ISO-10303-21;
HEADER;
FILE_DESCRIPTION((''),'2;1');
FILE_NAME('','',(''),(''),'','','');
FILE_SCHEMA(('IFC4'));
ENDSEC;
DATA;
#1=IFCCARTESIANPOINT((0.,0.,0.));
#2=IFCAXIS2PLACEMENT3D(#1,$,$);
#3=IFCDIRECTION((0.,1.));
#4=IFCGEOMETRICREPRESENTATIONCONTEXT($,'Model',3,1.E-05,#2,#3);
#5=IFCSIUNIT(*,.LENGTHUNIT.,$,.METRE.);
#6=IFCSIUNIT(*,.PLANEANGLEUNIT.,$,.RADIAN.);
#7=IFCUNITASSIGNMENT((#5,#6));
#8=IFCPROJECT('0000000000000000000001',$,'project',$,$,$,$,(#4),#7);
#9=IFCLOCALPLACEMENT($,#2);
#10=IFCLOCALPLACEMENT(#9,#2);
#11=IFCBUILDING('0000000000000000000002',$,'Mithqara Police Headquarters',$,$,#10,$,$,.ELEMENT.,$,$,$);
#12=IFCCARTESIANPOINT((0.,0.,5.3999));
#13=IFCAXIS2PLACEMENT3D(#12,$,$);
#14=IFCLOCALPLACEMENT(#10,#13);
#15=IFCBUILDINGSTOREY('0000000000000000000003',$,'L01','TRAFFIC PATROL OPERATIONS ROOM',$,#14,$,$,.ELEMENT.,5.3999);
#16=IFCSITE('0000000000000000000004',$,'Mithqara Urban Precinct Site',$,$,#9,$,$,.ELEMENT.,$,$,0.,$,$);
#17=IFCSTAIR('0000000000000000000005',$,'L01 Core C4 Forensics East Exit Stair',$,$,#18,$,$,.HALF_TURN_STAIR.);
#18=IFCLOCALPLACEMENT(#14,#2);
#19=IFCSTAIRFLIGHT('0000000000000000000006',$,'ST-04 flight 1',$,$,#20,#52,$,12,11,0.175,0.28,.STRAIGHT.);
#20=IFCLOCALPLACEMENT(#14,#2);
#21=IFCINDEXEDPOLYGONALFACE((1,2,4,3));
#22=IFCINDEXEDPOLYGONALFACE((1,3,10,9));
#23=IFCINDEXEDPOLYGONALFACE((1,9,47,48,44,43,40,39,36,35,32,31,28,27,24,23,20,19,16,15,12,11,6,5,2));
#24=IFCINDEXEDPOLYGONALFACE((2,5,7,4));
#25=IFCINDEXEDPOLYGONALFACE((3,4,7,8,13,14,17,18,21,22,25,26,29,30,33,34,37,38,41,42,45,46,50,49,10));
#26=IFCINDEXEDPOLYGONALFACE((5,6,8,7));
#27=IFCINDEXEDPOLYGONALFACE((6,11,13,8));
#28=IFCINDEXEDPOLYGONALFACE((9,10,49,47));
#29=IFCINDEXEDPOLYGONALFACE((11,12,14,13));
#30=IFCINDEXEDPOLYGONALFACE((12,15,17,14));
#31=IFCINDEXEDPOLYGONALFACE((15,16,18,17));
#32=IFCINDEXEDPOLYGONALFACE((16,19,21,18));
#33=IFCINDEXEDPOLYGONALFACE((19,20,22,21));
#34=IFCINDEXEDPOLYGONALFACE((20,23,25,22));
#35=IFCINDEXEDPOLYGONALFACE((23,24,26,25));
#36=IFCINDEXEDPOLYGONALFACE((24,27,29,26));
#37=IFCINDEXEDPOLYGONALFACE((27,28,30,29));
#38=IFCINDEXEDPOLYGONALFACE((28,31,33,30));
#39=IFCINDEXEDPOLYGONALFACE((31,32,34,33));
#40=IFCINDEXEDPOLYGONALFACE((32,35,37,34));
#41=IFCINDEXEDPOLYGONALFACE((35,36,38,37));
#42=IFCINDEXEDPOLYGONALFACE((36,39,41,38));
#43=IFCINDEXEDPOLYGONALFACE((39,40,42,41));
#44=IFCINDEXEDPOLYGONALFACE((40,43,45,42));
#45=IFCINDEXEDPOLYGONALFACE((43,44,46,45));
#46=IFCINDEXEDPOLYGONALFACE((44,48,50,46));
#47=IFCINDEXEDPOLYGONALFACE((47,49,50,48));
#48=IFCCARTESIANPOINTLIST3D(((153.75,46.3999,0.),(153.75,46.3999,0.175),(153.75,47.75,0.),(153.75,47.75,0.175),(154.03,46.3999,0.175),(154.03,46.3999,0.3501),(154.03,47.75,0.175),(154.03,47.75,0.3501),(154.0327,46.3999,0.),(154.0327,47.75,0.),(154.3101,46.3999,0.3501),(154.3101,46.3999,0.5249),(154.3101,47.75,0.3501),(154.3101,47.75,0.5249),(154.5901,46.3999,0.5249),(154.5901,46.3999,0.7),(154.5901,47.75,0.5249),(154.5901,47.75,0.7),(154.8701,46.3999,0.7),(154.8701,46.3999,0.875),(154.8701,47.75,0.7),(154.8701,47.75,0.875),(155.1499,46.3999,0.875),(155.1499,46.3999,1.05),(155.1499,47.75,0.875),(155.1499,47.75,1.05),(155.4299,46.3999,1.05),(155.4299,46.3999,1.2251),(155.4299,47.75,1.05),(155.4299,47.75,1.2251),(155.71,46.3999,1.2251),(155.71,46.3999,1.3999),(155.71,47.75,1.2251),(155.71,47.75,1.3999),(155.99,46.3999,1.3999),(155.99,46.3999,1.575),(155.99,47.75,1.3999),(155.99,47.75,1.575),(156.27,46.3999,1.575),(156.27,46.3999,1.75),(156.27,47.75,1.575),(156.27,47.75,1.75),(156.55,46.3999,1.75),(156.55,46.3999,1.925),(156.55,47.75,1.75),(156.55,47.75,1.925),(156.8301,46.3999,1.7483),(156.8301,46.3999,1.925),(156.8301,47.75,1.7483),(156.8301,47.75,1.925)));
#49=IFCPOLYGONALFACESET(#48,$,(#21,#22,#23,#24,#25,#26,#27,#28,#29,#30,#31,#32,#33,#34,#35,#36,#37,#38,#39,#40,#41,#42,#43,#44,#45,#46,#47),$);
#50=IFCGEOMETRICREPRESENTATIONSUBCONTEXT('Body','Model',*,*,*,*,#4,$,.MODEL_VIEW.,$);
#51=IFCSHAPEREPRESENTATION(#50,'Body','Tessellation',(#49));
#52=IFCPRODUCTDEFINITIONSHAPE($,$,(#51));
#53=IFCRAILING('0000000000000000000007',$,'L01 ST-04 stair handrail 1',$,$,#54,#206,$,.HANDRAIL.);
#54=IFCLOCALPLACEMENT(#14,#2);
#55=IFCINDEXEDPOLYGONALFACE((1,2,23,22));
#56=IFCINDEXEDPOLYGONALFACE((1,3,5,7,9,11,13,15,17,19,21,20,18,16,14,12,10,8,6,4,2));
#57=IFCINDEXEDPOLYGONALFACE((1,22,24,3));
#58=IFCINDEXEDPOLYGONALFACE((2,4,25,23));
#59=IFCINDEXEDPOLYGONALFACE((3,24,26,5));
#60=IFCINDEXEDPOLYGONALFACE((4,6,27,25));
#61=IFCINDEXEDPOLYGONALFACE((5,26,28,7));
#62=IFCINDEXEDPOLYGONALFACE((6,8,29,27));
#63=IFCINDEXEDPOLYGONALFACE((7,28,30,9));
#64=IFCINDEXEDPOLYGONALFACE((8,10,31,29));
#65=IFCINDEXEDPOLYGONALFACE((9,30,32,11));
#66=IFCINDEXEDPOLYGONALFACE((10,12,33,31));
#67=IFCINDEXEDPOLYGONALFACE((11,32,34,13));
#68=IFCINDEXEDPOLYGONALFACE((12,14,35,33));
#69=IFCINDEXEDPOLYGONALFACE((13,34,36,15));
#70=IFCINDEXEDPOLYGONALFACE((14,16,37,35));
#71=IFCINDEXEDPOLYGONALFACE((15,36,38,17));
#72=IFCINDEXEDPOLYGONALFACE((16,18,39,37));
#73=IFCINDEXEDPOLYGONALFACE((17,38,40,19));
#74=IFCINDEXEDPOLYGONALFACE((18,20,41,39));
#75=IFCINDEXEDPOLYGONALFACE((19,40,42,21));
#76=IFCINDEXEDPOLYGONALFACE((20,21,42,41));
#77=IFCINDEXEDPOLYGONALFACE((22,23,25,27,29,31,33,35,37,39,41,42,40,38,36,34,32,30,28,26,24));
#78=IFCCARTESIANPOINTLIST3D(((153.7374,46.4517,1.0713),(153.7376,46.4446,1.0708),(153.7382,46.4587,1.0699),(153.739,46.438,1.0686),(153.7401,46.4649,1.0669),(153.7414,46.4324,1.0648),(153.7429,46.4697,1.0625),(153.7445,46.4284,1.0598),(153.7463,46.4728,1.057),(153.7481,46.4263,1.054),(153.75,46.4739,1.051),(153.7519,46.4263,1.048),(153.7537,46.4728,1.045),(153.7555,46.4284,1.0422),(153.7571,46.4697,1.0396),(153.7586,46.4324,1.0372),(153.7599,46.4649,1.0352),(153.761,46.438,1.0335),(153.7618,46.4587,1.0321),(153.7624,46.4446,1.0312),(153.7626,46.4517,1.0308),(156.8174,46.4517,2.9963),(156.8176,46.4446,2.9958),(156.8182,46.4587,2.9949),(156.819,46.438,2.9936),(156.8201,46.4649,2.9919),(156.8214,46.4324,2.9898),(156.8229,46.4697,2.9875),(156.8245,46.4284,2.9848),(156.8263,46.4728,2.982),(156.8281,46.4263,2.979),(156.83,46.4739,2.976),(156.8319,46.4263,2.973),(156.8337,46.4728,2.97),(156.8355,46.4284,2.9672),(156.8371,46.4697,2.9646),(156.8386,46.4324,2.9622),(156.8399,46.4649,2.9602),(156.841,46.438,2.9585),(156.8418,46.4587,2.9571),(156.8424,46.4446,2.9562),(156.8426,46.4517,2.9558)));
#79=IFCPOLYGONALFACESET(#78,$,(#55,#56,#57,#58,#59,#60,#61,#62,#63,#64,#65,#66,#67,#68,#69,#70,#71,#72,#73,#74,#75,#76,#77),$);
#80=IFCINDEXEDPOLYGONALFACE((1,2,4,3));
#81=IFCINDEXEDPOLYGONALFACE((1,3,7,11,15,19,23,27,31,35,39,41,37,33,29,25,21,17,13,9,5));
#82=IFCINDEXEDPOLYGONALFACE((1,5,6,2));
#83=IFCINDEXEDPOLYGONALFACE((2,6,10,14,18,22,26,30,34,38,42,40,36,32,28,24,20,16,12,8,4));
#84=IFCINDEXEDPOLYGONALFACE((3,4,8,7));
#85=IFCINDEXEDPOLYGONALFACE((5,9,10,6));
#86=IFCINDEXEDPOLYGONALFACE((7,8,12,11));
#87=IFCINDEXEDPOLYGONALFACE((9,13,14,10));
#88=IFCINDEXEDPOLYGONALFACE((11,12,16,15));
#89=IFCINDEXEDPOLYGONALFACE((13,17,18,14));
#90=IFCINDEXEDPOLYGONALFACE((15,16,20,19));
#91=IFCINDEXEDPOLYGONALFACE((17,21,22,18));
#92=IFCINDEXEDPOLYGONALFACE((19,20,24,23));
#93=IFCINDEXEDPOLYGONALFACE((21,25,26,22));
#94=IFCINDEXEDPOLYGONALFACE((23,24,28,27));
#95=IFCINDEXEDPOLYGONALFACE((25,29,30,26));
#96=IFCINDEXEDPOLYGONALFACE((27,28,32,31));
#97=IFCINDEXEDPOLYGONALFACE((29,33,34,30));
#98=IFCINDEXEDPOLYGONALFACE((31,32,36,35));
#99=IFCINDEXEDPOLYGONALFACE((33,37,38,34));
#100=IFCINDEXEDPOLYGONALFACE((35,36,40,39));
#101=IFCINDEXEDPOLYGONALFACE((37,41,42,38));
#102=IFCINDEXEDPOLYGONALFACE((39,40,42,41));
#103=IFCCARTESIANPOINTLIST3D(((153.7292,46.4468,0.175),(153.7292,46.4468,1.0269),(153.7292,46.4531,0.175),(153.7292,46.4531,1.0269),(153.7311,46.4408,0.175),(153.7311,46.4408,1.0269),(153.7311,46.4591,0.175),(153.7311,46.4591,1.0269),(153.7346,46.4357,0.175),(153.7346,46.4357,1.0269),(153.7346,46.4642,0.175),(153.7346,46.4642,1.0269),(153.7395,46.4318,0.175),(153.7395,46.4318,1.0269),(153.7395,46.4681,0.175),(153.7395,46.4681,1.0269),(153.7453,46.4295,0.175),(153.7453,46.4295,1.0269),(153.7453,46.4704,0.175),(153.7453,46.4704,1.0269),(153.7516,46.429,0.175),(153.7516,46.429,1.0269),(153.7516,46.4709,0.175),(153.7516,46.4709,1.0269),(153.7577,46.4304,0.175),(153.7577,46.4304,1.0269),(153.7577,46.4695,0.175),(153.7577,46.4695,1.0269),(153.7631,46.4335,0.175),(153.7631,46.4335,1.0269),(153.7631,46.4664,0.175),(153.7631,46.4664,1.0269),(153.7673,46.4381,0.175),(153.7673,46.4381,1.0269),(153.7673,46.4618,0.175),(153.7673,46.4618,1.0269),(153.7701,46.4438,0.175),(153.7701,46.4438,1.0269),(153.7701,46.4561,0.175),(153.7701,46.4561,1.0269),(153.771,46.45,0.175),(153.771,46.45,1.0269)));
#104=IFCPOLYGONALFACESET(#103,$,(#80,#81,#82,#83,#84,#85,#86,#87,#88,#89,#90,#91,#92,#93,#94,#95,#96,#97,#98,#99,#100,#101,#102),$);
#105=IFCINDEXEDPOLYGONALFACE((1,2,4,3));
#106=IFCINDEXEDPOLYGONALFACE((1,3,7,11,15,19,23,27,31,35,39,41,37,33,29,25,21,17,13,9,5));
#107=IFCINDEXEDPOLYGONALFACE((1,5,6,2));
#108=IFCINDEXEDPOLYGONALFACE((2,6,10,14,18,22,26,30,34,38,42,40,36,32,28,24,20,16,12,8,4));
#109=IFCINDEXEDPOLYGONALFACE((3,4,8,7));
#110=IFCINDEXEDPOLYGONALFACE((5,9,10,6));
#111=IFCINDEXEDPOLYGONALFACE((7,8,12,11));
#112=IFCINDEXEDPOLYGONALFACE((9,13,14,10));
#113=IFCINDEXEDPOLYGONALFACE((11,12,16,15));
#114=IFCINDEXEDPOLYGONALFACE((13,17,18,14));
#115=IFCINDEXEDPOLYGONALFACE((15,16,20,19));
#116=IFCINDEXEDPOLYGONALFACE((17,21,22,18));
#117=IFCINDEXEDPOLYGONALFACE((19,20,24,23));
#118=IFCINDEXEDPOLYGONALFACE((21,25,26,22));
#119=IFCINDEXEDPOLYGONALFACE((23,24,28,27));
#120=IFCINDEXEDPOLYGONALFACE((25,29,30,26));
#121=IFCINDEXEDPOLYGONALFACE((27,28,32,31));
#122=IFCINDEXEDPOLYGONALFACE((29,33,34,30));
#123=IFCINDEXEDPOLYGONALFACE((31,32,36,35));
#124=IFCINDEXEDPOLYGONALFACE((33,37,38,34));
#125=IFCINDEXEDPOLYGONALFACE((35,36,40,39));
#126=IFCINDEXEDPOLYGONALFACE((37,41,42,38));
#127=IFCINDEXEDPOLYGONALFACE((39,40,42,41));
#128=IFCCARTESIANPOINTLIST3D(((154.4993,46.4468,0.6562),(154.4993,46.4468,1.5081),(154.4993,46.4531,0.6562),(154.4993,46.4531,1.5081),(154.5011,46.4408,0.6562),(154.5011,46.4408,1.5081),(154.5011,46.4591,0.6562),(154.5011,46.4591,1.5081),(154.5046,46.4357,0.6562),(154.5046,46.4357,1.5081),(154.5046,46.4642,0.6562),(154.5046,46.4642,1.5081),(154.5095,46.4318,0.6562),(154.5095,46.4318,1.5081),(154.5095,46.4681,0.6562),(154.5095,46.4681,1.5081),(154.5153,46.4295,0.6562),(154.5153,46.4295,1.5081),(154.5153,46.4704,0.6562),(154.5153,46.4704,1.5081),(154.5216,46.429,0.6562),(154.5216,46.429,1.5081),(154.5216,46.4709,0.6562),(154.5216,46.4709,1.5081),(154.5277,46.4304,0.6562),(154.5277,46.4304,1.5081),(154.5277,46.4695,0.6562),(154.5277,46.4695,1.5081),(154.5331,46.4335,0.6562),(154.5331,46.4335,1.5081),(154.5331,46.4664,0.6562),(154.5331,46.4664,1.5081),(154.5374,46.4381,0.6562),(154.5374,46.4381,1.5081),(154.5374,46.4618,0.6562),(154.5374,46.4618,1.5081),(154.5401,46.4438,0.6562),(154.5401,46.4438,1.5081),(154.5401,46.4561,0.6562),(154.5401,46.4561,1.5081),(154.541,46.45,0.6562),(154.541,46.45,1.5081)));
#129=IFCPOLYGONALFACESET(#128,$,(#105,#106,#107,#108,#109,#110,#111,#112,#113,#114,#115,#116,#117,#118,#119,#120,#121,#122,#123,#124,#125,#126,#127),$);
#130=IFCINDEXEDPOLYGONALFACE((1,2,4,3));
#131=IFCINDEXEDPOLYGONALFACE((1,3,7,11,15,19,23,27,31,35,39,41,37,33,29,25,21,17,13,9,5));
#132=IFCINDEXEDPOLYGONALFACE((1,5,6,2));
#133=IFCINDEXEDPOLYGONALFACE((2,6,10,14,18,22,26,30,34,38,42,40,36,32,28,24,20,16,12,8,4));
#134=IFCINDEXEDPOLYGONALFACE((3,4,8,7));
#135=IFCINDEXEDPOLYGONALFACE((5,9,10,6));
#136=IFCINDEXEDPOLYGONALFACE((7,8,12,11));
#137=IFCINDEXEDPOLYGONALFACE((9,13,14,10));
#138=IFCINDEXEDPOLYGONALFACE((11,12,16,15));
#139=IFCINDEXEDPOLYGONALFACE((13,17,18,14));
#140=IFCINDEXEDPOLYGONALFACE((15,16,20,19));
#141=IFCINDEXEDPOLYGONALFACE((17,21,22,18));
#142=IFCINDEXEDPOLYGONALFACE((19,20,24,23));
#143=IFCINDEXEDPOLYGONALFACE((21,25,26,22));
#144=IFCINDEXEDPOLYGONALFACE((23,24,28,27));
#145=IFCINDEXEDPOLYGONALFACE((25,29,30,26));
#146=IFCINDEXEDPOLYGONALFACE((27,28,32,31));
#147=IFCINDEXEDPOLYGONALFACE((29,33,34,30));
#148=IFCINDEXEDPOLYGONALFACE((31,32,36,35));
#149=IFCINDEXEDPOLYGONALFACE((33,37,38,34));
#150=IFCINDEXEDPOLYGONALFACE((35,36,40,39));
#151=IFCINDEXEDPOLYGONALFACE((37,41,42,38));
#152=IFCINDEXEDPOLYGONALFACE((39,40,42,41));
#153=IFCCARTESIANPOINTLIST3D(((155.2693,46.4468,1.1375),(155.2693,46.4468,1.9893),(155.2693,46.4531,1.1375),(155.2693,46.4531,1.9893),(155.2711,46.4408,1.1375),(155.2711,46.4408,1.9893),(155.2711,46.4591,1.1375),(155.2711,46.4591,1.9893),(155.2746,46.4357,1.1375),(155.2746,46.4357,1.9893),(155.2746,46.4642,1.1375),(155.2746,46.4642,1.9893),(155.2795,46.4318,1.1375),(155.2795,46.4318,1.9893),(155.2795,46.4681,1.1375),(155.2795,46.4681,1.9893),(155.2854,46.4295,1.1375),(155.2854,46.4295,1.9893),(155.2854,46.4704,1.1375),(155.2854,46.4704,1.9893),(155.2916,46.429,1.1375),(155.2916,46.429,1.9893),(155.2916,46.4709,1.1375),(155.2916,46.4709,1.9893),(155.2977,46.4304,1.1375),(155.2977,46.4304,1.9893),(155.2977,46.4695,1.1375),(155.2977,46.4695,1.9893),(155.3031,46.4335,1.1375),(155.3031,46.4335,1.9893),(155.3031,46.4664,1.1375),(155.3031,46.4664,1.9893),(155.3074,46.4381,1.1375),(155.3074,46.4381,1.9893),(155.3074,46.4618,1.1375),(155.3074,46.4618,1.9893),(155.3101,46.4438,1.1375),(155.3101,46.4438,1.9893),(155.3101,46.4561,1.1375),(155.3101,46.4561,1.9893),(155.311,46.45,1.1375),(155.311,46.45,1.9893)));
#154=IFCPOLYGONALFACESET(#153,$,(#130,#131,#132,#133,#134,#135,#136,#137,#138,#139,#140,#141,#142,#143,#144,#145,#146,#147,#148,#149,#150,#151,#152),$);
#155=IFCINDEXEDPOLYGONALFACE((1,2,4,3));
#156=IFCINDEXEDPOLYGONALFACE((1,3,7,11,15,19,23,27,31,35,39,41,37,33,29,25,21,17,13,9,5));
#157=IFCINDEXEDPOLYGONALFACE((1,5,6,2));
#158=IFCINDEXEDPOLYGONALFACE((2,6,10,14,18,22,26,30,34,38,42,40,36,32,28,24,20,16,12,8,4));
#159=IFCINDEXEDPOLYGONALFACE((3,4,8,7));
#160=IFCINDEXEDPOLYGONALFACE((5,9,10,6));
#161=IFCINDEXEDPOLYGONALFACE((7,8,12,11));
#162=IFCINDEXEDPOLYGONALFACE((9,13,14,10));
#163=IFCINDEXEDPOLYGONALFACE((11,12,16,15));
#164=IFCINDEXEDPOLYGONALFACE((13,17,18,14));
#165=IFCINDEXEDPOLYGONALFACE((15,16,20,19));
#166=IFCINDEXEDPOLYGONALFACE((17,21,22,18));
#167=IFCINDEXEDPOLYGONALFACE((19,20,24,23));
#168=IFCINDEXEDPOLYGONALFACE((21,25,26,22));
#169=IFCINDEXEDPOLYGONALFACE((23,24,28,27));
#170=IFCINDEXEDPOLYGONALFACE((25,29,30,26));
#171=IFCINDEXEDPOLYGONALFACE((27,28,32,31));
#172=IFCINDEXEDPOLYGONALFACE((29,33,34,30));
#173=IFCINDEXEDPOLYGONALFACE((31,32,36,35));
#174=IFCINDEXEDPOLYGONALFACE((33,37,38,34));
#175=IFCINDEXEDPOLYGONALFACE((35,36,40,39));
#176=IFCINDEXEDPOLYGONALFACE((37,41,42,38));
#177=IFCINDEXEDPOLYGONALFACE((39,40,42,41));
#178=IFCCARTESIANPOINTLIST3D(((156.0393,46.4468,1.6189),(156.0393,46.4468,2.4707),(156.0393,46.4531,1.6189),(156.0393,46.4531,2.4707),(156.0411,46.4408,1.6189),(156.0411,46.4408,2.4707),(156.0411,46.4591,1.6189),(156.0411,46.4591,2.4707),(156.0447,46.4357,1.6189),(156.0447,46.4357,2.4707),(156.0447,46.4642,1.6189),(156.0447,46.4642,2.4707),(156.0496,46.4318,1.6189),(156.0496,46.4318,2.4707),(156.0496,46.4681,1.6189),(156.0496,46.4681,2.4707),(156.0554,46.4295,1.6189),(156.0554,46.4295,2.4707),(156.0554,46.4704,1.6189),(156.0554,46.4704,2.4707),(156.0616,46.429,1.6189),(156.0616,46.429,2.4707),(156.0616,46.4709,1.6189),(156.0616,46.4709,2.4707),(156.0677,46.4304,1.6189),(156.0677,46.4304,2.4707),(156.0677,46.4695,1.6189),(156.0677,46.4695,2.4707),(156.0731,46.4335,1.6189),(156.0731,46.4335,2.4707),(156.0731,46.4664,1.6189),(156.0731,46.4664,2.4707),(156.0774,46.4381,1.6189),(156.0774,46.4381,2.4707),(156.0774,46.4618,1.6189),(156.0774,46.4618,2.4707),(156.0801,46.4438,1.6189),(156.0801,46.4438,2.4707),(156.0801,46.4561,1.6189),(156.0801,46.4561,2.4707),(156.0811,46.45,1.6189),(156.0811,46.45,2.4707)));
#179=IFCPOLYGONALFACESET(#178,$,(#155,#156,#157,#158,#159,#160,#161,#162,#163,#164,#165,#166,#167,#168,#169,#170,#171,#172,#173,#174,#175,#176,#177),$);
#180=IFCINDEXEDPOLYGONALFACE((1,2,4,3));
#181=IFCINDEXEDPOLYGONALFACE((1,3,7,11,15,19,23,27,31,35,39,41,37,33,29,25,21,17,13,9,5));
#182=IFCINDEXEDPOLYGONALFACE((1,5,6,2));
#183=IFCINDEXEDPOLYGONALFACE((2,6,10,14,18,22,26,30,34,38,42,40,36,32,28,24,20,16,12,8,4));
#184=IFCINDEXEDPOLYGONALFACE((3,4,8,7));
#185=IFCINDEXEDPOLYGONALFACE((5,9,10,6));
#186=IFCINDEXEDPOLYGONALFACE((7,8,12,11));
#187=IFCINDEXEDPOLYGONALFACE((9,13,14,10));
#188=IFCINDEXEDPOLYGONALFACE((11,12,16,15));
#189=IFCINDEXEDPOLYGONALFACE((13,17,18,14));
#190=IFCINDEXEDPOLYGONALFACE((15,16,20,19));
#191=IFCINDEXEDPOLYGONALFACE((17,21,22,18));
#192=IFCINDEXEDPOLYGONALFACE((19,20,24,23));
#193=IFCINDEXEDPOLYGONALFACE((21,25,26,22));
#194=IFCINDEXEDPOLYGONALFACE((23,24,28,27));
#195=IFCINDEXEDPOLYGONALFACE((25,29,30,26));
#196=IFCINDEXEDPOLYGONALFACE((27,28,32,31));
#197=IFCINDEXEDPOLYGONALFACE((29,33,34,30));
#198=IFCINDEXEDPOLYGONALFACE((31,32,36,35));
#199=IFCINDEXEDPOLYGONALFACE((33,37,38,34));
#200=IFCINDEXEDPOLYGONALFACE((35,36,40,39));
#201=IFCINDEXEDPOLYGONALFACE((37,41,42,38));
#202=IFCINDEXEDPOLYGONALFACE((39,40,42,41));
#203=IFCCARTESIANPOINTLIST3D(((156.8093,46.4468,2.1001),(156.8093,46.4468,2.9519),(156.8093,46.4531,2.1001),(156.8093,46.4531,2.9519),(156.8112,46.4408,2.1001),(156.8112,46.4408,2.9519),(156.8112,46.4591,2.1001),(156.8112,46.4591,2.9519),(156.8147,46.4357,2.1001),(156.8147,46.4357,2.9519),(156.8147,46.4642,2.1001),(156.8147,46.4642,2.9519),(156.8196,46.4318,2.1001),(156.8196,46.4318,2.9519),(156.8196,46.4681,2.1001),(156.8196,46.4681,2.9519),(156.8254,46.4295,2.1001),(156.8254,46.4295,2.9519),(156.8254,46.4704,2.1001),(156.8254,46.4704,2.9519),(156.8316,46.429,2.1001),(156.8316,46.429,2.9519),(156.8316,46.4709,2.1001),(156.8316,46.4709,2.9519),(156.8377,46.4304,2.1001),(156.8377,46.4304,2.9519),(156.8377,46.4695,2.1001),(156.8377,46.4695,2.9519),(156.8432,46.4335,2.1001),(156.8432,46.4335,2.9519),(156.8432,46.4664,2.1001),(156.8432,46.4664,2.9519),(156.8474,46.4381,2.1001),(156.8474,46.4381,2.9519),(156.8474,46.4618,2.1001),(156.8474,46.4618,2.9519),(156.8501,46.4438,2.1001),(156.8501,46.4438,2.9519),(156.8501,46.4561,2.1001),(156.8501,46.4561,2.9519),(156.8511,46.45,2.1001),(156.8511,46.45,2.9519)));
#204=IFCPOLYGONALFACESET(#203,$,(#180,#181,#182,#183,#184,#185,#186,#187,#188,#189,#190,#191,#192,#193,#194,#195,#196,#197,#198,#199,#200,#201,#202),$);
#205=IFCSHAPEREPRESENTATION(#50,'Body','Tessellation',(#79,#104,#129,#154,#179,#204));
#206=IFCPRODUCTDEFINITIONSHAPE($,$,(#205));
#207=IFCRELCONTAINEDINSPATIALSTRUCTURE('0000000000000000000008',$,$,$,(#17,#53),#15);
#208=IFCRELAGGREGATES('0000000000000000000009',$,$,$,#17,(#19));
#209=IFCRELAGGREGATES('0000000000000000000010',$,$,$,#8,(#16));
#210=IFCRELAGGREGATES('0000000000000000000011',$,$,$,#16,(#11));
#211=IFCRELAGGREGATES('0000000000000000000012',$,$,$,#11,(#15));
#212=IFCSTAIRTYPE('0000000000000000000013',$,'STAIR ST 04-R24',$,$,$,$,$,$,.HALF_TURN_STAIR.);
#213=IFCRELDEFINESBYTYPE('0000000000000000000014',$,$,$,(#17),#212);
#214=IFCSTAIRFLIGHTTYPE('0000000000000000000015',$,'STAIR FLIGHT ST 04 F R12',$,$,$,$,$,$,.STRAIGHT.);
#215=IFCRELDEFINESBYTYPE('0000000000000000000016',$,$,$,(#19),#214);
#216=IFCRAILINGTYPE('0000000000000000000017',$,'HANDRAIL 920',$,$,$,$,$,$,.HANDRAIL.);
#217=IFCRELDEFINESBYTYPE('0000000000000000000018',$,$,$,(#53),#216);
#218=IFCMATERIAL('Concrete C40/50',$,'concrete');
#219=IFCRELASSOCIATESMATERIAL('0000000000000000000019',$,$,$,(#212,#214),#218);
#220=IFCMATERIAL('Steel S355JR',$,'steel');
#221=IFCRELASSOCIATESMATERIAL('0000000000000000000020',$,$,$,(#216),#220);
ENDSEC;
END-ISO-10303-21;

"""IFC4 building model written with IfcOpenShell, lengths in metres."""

from ifc_helpers import new_model, si_unit, direction, frame, origin, origin_2d, place, context, subcontext, project, spatial, polyline, circle, outline, extrude, material, type_object, element, aggregate, save


model = new_model("IFC4")

# Units and contexts
model_context = context("Model", 3, precision=1e-05, world=origin(), true_north=direction((0.0, 1.0)))
body_context = subcontext(model_context, "Body", "Model", "MODEL_VIEW")
ifc_project = project(units=[si_unit("LENGTHUNIT", "METRE"), si_unit("PLANEANGLEUNIT", "RADIAN")], contexts=[model_context])

# Site, building, storey
site_placement = place(None, origin())
site = spatial("IfcSite", under=ifc_project, at=site_placement, Name="Mithqara Urban Precinct Site", CompositionType="ELEMENT", RefElevation=0.0)
building_placement = place(site_placement, origin())
building = spatial("IfcBuilding", under=site, at=building_placement, Name="Mithqara Police Headquarters", CompositionType="ELEMENT")
storey_placement = place(building_placement, frame((0.0, 0.0, 5.3999)))
storey = spatial("IfcBuildingStorey", under=building, at=storey_placement, Name="L01", Description="TRAFFIC PATROL OPERATIONS ROOM", CompositionType="ELEMENT", Elevation=5.3999)

# Shared definitions
ifc_material_1 = material(Name="Steel S355JR", Category="steel")
ifc_material_2 = material(Name="Concrete C40/50", Category="concrete")

# Stair, stair flight
stair_type = type_object("IfcStairType", Name="STAIR ST 04-R24", PredefinedType="HALF_TURN_STAIR", material=ifc_material_2)
stair_placement = place(storey_placement, origin())
stair = element("IfcStair", 1, at=stair_placement, inside=storey, type_object=stair_type, Name="L01 Core C4 Forensics East Exit Stair", PredefinedType="HALF_TURN_STAIR")
stair_flight_type = type_object("IfcStairFlightType", Name="STAIR FLIGHT ST 04 F R12", PredefinedType="STRAIGHT", material=ifc_material_2)
stair_flight_placement = place(storey_placement, frame((153.75, 47.075, 0.0), z_axis=(0.0, 0.0, 1.0), x_axis=(1.0, 0.0, 0.0)))
stair_flight = element("IfcStairFlight", 2, at=stair_flight_placement, type_object=stair_flight_type, Name="ST-04 flight 1", NumberOfRisers=12, NumberOfTreads=11, PredefinedType="STRAIGHT", RiserHeight=0.175, TreadLength=0.28, context=body_context, shape_type="SweptSolid", body=[
    extrude(outline(polyline([(0.0, 0.0), (0.0, 0.175), (0.28, 0.175), (0.28, 0.3501), (0.5601, 0.3501), (0.5601, 0.5249), (0.8401, 0.5249), (0.8401, 0.7), (1.1201, 0.7), (1.1201, 0.875), (1.3999, 0.875), (1.3999, 1.05), (1.6799, 1.05), (1.6799, 1.2251), (1.96, 1.2251), (1.96, 1.3999), (2.24, 1.3999), (2.24, 1.575), (2.52, 1.575), (2.52, 1.75), (2.8, 1.75), (2.8, 1.925), (3.0801, 1.925), (3.0801, 2.1001), (3.0801, 1.7483), (0.2827, 0.0), (0.0, 0.0)])), frame((0.0, 0.675, 0.0), z_axis=(0.0, -1.0, 0.0), x_axis=(1.0, 0.0, 0.0)), (0.0, 0.0, 1.0), 1.3501),
])
aggregate(stair, [stair_flight])

# Railing
railing_type_1 = type_object("IfcRailingType", Name="HANDRAIL 920", PredefinedType="HANDRAIL", material=ifc_material_1)
railing_1_placement = place(storey_placement, frame((153.75, 46.45, 0.175)))
element("IfcRailing", 3, at=railing_1_placement, inside=storey, type_object=railing_type_1, Name="L01 ST-04 stair handrail 1", PredefinedType="HANDRAIL", context=body_context, shape_type="SweptSolid", body=[
    extrude(circle(Radius=0.0239, at=origin_2d()), frame((0.0, 0.0, 0.876), z_axis=(0.847998, 0.0, 0.529999), x_axis=(0.0, 1.0, 0.0)), (0.0, 0.0, 1.0), 3.6321),
    extrude(circle(Radius=0.021, at=origin_2d()), origin(), (0.0, 0.0, 1.0), 0.8518),
    extrude(circle(Radius=0.021, at=origin_2d()), frame((0.77, 0.0, 0.4812)), (0.0, 0.0, 1.0), 0.8518),
    extrude(circle(Radius=0.021, at=origin_2d()), frame((1.54, 0.0, 0.9624)), (0.0, 0.0, 1.0), 0.8518),
    extrude(circle(Radius=0.021, at=origin_2d()), frame((2.3101, 0.0, 1.4438)), (0.0, 0.0, 1.0), 0.8518),
    extrude(circle(Radius=0.021, at=origin_2d()), frame((3.0801, 0.0, 1.925)), (0.0, 0.0, 1.0), 0.8518),
])

save(model, "model.ifc")
